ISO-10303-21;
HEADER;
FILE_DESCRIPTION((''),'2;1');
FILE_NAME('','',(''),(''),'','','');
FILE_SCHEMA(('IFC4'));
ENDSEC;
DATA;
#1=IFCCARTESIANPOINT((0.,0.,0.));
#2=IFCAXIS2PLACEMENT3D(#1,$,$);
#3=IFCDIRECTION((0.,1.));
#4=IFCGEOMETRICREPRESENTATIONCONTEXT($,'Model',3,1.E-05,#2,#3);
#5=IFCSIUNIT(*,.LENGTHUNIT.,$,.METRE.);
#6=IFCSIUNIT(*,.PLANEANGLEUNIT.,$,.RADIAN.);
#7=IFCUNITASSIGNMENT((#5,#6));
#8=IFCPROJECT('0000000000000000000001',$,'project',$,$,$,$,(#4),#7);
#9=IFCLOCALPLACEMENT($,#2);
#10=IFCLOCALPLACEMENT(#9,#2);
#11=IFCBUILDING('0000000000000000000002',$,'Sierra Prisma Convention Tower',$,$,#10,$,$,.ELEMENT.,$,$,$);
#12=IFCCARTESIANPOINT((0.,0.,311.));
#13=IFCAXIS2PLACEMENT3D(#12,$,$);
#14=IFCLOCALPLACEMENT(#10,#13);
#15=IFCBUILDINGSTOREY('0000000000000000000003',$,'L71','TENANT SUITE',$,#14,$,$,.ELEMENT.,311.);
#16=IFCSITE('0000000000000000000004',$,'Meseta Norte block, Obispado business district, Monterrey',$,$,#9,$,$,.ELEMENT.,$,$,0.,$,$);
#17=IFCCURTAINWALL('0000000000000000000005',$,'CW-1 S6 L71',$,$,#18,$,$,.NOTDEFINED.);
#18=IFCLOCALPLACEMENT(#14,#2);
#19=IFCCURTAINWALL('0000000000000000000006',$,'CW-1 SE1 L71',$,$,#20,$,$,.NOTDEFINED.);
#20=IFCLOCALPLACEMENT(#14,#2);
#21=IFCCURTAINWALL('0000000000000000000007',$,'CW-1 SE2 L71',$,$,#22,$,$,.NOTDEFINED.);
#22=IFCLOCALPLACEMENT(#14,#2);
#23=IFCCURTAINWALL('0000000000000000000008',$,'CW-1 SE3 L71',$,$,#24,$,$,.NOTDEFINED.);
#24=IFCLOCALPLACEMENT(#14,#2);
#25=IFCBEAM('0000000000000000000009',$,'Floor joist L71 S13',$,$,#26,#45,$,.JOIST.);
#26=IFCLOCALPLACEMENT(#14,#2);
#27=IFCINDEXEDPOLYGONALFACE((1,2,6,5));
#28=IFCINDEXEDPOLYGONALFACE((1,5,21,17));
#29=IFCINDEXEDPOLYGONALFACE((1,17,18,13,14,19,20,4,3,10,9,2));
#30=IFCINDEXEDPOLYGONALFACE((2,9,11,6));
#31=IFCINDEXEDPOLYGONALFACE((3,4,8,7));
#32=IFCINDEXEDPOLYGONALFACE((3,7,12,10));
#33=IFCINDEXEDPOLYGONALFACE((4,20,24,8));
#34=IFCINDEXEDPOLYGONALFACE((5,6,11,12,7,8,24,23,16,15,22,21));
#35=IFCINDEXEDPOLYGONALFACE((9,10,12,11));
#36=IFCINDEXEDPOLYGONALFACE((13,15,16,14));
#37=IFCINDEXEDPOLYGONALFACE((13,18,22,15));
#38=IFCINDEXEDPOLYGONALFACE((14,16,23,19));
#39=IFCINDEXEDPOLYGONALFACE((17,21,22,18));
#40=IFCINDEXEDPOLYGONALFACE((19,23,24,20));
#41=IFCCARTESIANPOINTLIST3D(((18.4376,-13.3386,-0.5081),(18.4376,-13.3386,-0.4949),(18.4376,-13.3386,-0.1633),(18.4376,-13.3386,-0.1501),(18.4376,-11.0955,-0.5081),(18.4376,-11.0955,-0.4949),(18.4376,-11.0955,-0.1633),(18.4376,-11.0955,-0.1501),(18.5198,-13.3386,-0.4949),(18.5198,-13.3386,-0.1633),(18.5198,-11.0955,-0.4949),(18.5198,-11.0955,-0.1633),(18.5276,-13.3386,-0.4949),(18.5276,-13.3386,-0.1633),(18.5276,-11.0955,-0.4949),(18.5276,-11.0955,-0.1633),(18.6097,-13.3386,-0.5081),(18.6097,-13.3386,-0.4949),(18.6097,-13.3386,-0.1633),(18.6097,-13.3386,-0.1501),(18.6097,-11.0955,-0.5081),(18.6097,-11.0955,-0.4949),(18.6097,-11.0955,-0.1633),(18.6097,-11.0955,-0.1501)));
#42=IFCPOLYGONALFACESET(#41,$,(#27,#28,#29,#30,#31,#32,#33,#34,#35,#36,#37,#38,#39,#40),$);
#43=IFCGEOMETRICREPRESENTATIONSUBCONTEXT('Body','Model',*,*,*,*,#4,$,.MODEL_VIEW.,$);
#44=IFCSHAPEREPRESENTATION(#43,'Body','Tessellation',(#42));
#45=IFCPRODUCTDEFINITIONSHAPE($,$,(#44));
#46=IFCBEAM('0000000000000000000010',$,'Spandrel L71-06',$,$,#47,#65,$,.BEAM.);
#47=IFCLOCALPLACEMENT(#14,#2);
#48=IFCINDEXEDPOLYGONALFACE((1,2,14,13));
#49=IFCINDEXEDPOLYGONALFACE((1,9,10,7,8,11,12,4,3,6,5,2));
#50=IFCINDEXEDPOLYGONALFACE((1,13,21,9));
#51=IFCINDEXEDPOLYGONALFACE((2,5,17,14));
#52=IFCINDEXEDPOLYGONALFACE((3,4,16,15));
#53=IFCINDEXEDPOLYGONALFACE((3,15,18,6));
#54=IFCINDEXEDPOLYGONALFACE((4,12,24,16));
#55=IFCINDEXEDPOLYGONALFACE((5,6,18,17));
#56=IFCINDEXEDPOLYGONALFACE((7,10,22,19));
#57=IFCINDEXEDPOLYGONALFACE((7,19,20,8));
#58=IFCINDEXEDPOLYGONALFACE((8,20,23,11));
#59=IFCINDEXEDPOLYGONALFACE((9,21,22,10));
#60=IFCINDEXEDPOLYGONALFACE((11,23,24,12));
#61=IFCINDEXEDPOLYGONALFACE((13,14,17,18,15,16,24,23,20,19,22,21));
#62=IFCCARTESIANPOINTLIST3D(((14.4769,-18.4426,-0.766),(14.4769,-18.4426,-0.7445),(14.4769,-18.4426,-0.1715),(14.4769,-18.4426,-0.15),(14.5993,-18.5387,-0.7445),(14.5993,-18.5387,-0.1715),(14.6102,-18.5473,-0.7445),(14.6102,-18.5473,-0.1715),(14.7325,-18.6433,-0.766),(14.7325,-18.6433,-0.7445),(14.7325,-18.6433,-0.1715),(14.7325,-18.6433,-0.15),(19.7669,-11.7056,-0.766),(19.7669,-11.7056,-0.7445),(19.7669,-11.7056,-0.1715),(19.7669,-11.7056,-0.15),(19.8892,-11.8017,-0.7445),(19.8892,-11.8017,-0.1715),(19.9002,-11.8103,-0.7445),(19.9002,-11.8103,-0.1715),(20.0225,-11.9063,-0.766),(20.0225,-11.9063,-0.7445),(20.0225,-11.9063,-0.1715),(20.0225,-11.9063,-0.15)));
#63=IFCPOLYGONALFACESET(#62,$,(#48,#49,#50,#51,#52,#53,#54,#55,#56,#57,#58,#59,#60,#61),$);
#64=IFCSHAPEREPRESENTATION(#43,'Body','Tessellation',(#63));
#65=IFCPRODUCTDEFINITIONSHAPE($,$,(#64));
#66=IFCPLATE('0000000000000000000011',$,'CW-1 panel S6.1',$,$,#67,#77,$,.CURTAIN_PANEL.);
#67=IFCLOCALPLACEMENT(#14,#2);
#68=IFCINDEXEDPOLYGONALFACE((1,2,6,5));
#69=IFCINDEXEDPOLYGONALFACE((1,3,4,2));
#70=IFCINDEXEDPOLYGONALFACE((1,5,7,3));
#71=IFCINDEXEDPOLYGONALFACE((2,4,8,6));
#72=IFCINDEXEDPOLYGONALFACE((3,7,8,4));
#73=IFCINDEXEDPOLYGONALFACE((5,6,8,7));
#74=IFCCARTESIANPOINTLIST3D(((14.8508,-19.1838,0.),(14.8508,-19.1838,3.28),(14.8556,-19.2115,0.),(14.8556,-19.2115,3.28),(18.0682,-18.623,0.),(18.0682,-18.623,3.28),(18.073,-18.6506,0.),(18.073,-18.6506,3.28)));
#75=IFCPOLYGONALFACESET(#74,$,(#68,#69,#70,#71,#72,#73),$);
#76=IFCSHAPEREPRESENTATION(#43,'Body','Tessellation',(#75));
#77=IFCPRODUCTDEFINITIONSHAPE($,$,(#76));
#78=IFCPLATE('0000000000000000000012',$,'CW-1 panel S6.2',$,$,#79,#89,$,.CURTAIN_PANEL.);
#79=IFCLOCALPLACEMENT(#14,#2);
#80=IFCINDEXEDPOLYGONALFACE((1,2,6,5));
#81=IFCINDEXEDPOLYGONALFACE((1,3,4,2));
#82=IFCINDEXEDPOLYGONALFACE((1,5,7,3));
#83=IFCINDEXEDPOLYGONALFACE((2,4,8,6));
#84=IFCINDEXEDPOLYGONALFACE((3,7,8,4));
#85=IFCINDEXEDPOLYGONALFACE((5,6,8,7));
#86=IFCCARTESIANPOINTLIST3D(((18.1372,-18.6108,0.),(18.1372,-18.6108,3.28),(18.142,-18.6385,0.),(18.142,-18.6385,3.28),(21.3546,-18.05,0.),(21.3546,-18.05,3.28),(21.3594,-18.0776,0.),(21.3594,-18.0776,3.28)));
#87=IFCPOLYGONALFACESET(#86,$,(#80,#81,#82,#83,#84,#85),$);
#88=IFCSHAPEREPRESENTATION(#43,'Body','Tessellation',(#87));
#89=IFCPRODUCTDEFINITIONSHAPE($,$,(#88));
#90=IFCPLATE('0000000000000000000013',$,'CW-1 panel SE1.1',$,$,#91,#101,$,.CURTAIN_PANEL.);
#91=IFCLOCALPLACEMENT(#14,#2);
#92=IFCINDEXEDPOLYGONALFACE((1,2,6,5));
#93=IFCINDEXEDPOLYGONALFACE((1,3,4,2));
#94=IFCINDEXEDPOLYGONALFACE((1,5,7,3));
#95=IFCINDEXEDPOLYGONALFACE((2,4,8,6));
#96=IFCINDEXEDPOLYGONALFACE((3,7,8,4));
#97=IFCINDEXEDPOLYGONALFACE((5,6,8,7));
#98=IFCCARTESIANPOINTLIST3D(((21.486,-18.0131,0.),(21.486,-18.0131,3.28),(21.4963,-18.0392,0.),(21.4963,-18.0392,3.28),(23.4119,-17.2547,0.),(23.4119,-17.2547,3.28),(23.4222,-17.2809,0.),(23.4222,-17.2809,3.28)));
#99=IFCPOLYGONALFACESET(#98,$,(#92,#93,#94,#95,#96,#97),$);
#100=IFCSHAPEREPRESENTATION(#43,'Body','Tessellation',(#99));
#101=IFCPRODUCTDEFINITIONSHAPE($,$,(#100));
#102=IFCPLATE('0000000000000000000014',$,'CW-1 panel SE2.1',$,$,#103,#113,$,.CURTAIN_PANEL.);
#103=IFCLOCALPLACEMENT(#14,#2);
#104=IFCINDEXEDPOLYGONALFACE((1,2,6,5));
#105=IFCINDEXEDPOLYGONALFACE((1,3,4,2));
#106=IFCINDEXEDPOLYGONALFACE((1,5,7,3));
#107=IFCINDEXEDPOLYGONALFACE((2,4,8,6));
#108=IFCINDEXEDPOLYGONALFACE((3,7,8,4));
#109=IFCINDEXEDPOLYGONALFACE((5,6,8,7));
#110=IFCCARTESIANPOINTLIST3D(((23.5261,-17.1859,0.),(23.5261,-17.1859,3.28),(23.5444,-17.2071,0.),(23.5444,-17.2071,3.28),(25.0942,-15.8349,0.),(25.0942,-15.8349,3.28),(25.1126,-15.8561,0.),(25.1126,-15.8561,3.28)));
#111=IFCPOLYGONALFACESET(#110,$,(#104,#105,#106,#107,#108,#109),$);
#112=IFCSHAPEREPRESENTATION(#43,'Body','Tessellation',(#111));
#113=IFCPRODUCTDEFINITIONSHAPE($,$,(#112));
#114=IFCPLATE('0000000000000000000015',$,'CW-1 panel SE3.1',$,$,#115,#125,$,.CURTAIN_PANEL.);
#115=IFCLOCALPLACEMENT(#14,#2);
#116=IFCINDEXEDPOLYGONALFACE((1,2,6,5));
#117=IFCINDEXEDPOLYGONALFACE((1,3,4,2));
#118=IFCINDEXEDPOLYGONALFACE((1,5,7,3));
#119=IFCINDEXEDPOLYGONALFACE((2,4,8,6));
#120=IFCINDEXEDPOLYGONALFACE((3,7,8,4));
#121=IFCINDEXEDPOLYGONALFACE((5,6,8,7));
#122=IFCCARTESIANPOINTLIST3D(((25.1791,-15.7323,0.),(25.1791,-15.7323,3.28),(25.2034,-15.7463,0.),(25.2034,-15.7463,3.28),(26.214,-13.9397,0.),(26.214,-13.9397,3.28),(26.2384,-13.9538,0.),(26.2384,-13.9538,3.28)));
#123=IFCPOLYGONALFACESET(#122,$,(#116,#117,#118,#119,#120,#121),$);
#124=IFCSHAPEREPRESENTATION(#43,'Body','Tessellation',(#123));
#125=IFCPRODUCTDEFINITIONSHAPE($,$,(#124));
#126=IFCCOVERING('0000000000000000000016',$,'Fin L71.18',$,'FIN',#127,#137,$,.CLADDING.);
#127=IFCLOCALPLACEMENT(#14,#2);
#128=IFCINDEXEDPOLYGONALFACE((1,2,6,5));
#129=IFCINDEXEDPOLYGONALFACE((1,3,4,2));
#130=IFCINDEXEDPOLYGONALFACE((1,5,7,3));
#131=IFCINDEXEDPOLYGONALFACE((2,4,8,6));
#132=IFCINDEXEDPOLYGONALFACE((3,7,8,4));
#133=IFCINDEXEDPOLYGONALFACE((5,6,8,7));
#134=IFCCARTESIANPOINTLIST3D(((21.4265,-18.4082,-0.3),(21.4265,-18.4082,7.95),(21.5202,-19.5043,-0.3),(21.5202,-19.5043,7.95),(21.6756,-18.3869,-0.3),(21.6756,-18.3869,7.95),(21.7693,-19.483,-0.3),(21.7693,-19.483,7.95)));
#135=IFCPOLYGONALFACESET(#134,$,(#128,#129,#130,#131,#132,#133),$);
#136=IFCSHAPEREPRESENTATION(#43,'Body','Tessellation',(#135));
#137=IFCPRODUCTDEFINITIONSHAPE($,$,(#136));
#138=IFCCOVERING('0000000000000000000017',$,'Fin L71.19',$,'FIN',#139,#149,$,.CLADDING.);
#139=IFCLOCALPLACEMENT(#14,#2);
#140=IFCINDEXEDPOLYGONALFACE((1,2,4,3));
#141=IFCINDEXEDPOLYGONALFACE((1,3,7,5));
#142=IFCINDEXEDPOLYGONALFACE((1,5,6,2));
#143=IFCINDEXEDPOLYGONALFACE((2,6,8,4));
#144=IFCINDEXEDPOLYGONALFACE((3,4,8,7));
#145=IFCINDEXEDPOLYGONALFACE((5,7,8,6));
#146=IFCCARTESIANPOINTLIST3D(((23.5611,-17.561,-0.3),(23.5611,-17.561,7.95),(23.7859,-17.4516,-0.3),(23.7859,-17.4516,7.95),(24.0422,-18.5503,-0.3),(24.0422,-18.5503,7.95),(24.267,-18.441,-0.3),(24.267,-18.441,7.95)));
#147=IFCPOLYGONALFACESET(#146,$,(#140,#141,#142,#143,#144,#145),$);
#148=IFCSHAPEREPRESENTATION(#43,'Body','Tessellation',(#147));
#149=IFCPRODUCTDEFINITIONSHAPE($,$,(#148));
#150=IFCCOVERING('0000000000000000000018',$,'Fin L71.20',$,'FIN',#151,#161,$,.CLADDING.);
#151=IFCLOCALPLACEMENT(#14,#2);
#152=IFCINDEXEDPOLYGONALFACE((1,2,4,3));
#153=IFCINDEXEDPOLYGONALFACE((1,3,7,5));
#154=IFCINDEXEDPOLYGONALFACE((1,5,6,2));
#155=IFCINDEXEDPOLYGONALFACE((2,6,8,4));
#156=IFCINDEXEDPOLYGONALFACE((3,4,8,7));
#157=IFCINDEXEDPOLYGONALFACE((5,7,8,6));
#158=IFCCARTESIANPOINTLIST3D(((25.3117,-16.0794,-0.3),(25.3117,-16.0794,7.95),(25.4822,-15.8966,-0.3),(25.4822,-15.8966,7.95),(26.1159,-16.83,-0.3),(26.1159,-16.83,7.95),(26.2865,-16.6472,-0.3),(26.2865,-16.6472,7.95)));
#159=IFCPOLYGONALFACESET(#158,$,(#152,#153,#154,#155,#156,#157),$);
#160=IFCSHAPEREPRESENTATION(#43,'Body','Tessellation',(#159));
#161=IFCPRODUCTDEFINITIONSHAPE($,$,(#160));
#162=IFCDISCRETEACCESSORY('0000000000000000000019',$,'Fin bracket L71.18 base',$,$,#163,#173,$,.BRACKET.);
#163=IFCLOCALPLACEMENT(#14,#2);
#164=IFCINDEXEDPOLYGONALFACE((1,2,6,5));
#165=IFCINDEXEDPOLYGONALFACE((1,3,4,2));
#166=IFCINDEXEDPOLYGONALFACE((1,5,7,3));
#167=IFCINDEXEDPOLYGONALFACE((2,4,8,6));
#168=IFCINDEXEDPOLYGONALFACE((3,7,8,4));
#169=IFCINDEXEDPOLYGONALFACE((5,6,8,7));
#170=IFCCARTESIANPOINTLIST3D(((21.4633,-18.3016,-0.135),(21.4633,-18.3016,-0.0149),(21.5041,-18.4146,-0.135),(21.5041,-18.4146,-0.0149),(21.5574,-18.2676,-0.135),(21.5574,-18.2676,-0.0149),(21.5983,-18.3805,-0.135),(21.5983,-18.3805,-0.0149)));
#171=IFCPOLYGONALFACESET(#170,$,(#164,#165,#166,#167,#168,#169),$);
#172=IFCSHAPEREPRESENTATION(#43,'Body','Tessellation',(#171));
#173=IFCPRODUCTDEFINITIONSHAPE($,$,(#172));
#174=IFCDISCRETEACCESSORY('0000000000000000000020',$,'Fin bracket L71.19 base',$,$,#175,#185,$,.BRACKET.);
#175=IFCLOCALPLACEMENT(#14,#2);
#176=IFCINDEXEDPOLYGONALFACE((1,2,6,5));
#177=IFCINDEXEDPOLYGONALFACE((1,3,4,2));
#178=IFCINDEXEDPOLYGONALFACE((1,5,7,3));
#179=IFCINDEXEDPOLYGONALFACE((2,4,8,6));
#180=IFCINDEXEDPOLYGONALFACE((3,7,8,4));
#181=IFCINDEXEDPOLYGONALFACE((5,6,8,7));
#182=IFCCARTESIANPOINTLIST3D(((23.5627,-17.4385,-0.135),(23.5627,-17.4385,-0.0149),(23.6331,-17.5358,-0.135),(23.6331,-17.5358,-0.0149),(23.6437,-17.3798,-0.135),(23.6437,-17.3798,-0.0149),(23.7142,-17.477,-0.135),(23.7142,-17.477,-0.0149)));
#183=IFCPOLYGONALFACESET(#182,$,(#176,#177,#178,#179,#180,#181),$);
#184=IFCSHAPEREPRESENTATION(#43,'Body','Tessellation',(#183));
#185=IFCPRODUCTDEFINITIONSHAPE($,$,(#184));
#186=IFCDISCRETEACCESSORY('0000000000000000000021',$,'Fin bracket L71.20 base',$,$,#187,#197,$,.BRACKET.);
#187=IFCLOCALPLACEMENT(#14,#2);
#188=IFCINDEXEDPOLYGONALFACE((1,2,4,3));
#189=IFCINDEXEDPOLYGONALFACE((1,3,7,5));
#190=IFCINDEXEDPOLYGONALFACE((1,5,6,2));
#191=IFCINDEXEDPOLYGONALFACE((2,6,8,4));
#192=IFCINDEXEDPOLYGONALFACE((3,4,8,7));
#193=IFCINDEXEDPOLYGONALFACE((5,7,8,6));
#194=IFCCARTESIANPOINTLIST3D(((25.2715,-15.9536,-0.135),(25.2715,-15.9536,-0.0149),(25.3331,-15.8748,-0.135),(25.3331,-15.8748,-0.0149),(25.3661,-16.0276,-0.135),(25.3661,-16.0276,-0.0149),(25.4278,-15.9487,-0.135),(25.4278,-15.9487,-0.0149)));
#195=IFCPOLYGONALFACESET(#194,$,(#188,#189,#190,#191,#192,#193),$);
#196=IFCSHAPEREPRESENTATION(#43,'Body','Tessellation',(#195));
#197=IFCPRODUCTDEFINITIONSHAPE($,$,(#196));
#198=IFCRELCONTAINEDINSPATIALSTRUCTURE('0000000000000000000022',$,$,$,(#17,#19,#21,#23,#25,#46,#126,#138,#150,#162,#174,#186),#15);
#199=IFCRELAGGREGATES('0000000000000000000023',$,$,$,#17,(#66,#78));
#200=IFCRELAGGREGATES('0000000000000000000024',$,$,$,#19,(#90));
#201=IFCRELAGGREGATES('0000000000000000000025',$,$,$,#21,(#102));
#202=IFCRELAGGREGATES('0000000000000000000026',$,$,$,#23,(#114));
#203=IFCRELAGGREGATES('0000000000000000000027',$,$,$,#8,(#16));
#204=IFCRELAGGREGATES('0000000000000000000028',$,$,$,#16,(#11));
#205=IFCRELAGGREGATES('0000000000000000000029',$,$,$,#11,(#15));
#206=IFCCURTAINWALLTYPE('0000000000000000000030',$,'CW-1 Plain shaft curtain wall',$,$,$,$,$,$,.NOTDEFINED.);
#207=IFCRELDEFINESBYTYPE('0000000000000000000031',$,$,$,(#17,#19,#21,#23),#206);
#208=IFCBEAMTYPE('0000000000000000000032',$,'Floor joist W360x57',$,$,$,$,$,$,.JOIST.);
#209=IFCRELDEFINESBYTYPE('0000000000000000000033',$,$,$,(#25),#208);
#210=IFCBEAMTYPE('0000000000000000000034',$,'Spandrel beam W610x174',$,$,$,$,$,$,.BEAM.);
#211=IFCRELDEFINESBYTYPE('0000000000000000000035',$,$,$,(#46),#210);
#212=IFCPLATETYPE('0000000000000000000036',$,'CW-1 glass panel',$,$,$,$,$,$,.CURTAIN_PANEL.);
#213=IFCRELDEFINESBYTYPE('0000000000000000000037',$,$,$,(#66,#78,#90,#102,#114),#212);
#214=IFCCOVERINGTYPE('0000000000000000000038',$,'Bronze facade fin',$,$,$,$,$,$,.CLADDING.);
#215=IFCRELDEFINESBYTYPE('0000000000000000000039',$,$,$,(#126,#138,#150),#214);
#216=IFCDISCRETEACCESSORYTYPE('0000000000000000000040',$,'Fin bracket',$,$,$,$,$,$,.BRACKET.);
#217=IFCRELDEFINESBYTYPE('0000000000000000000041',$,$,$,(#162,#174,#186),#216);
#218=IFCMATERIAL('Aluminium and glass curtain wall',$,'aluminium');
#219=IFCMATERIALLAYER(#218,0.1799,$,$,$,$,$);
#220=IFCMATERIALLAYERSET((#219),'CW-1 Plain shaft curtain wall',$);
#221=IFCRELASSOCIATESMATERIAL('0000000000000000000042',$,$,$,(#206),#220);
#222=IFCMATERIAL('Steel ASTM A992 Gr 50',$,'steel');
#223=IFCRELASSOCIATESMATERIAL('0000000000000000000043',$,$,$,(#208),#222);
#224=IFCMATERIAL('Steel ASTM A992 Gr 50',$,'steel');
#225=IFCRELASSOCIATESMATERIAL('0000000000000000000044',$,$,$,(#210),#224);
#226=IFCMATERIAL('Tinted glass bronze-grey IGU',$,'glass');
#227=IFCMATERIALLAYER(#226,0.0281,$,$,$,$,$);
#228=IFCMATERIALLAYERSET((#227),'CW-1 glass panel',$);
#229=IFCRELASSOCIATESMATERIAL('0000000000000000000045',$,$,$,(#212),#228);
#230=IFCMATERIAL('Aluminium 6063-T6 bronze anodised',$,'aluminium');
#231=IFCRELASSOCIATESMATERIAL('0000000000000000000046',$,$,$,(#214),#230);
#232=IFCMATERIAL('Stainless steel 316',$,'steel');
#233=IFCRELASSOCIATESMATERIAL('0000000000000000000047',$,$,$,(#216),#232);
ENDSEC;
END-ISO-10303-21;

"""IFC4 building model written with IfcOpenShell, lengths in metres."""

from ifc_helpers import new_model, si_unit, direction, frame, origin, origin_2d, place, context, subcontext, project, spatial, rectangle, i_section, extrude, material, layer, layer_set, material_profile, profile_set, type_object, element, aggregate, save


model = new_model("IFC4")

# Units and contexts
model_context = context("Model", 3, precision=1e-05, world=origin(), true_north=direction((0.0, 1.0)))
body_context = subcontext(model_context, "Body", "Model", "MODEL_VIEW")
ifc_project = project(units=[si_unit("LENGTHUNIT", "METRE"), si_unit("PLANEANGLEUNIT", "RADIAN")], contexts=[model_context])

# Site, building, storey
site_placement = place(None, origin())
site = spatial("IfcSite", under=ifc_project, at=site_placement, Name="Meseta Norte block, Obispado business district, Monterrey", CompositionType="ELEMENT", RefElevation=0.0)
building_placement = place(site_placement, origin())
building = spatial("IfcBuilding", under=site, at=building_placement, Name="Sierra Prisma Convention Tower", CompositionType="ELEMENT")
storey_placement = place(building_placement, frame((0.0, 0.0, 311.0)))
storey = spatial("IfcBuildingStorey", under=building, at=storey_placement, Name="L71", Description="TENANT SUITE", CompositionType="ELEMENT", Elevation=311.0)

# Curtain walls
ifc_material_1 = material(Name="Aluminium and glass curtain wall", Category="aluminium")
ifc_layer_1 = layer(ifc_material_1, 0.1799)
ifc_layer_set_1 = layer_set([ifc_layer_1], Name="CW-1 Plain shaft curtain wall")
curtain_wall_type = type_object("IfcCurtainWallType", Name="CW-1 Plain shaft curtain wall", PredefinedType="NOTDEFINED", material=ifc_layer_set_1)
curtain_wall_1_placement = place(storey_placement, origin())
curtain_wall_1 = element("IfcCurtainWall", 1, at=curtain_wall_1_placement, inside=storey, type_object=curtain_wall_type, Name="CW-1 S6 L71", PredefinedType="NOTDEFINED")
curtain_wall_2_placement = place(storey_placement, origin())
curtain_wall_2 = element("IfcCurtainWall", 2, at=curtain_wall_2_placement, inside=storey, type_object=curtain_wall_type, Name="CW-1 SE1 L71", PredefinedType="NOTDEFINED")
curtain_wall_3_placement = place(storey_placement, origin())
curtain_wall_3 = element("IfcCurtainWall", 3, at=curtain_wall_3_placement, inside=storey, type_object=curtain_wall_type, Name="CW-1 SE2 L71", PredefinedType="NOTDEFINED")
curtain_wall_4_placement = place(storey_placement, origin())
curtain_wall_4 = element("IfcCurtainWall", 4, at=curtain_wall_4_placement, inside=storey, type_object=curtain_wall_type, Name="CW-1 SE3 L71", PredefinedType="NOTDEFINED")

# Beams
ifc_material_2 = material(Name="Steel ASTM A992 Gr 50", Category="steel")
ifc_material_profile_1 = material_profile(ifc_material_2, i_section(OverallWidth=0.1721, OverallDepth=0.3579, WebThickness=0.0078, FlangeThickness=0.0132, at=origin_2d()), Name="W360x57")
ifc_profile_set_1 = profile_set([ifc_material_profile_1], Name="Steel ASTM A992 Gr 50")
beam_type_1 = type_object("IfcBeamType", Name="Floor joist W360x57", PredefinedType="JOIST", material=ifc_profile_set_1)
beam_1_placement = place(storey_placement, frame((18.5237, -13.3386, -0.3291), z_axis=(0.0, 1.0, 0.0), x_axis=(-1.0, 0.0, 0.0)))
element("IfcBeam", 5, at=beam_1_placement, inside=storey, type_object=beam_type_1, Name="Floor joist L71 S13", PredefinedType="JOIST", context=body_context, shape_type="SweptSolid", body=[
    extrude(i_section(OverallWidth=0.1721, OverallDepth=0.3579, WebThickness=0.0078, FlangeThickness=0.0132, at=origin_2d()), origin(), (0.0, 0.0, 1.0), 2.2432),
])
ifc_material_3 = material(Name="Steel ASTM A992 Gr 50", Category="steel")
ifc_material_profile_2 = material_profile(ifc_material_3, i_section(OverallWidth=0.325, OverallDepth=0.616, WebThickness=0.0139, FlangeThickness=0.0215, at=origin_2d()), Name="W610x174")
ifc_profile_set_2 = profile_set([ifc_material_profile_2], Name="Steel ASTM A992 Gr 50")
beam_type_2 = type_object("IfcBeamType", Name="Spandrel beam W610x174", PredefinedType="BEAM", material=ifc_profile_set_2)
beam_2_placement = place(storey_placement, frame((14.6047, -18.543, -0.458), z_axis=(0.617579, 0.786509, 0.0), x_axis=(-0.786509, 0.617579, 0.0)))
element("IfcBeam", 6, at=beam_2_placement, inside=storey, type_object=beam_type_2, Name="Spandrel L71-06", PredefinedType="BEAM", context=body_context, shape_type="SweptSolid", body=[
    extrude(i_section(OverallWidth=0.325, OverallDepth=0.616, WebThickness=0.0139, FlangeThickness=0.0215, at=origin_2d()), origin(), (0.0, 0.0, 1.0), 8.5657),
])

# Plates
ifc_material_4 = material(Name="Tinted glass bronze-grey IGU", Category="glass")
ifc_layer_2 = layer(ifc_material_4, 0.0281)
ifc_layer_set_2 = layer_set([ifc_layer_2], Name="CW-1 glass panel")
plate_type = type_object("IfcPlateType", Name="CW-1 glass panel", PredefinedType="CURTAIN_PANEL", material=ifc_layer_set_2)
plate_1_placement = place(storey_placement, frame((16.4619, -18.9172, 0.0), z_axis=(0.0, 0.0, 1.0), x_axis=(0.985144, 0.171733, 0.0)))
plate_1 = element("IfcPlate", 7, at=plate_1_placement, type_object=plate_type, Name="CW-1 panel S6.1", PredefinedType="CURTAIN_PANEL", context=body_context, shape_type="SweptSolid", body=[
    extrude(rectangle(XDim=3.2659, YDim=0.0281, at=origin_2d()), origin(), (0.0, 0.0, 1.0), 3.28),
])
plate_2_placement = place(storey_placement, frame((19.7483, -18.3442, 0.0), z_axis=(0.0, 0.0, 1.0), x_axis=(0.985144, 0.171733, 0.0)))
plate_2 = element("IfcPlate", 8, at=plate_2_placement, type_object=plate_type, Name="CW-1 panel S6.2", PredefinedType="CURTAIN_PANEL", context=body_context, shape_type="SweptSolid", body=[
    extrude(rectangle(XDim=3.2659, YDim=0.0281, at=origin_2d()), origin(), (0.0, 0.0, 1.0), 3.28),
])
aggregate(curtain_wall_1, [plate_1, plate_2])
plate_3_placement = place(storey_placement, frame((22.4541, -17.647, 0.0), z_axis=(0.0, 0.0, 1.0), x_axis=(0.930462, 0.366388, 0.0)))
plate_3 = element("IfcPlate", 9, at=plate_3_placement, type_object=plate_type, Name="CW-1 panel SE1.1", PredefinedType="CURTAIN_PANEL", context=body_context, shape_type="SweptSolid", body=[
    extrude(rectangle(XDim=2.0698, YDim=0.0281, at=origin_2d()), origin(), (0.0, 0.0, 1.0), 3.28),
])
aggregate(curtain_wall_2, [plate_3])
plate_4_placement = place(storey_placement, frame((24.3193, -16.521, 0.0), z_axis=(0.0, 0.0, 1.0), x_axis=(0.757605, 0.652714, 0.0)))
plate_4 = element("IfcPlate", 10, at=plate_4_placement, type_object=plate_type, Name="CW-1 panel SE2.1", PredefinedType="CURTAIN_PANEL", context=body_context, shape_type="SweptSolid", body=[
    extrude(rectangle(XDim=2.0698, YDim=0.0281, at=origin_2d()), origin(), (0.0, 0.0, 1.0), 3.28),
])
aggregate(curtain_wall_3, [plate_4])
plate_5_placement = place(storey_placement, frame((25.7087, -14.843, 0.0), z_axis=(0.0, 0.0, 1.0), x_axis=(0.5, 0.866025, 0.0)))
plate_5 = element("IfcPlate", 11, at=plate_5_placement, type_object=plate_type, Name="CW-1 panel SE3.1", PredefinedType="CURTAIN_PANEL", context=body_context, shape_type="SweptSolid", body=[
    extrude(rectangle(XDim=2.0698, YDim=0.0281, at=origin_2d()), origin(), (0.0, 0.0, 1.0), 3.28),
])
aggregate(curtain_wall_4, [plate_5])

# Coverings
ifc_material_5 = material(Name="Aluminium 6063-T6 bronze anodised", Category="aluminium")
ifc_material_profile_3 = material_profile(ifc_material_5, rectangle(XDim=1.1001, YDim=0.25, at=origin_2d()), Name="ALU FIN 1100x250")
ifc_profile_set_3 = profile_set([ifc_material_profile_3], Name="Aluminium 6063-T6 bronze anodised")
covering_type = type_object("IfcCoveringType", Name="Bronze facade fin", PredefinedType="CLADDING", material=ifc_profile_set_3)
for number, where, z_axis, x_axis, name in (
    (12, (21.5979, -18.9456, -0.3), (0.0, 0.0, 1.0), (0.085219, -0.996362, 0.0), "Fin L71.18"),
    (13, (23.9141, -18.001, -0.3), (0.0, 0.0, 1.0), (0.437322, -0.899305, 0.0), "Fin L71.19"),
    (14, (25.7991, -16.3633, -0.3), (0.0, 0.0, 1.0), (0.731088, -0.682283, 0.0), "Fin L71.20"),
):
    element("IfcCovering", number, at=place(storey_placement, frame(where, z_axis=z_axis, x_axis=x_axis)), inside=storey, type_object=covering_type, Name=name, ObjectType="FIN", PredefinedType="CLADDING", context=body_context, shape_type="SweptSolid", body=[
        extrude(rectangle(XDim=1.1001, YDim=0.25, at=origin_2d()), origin(), (0.0, 0.0, 1.0), 8.25),
    ])

# Discrete accessories
ifc_material_6 = material(Name="Stainless steel 316", Category="steel")
discrete_accessory_type = type_object("IfcDiscreteAccessoryType", Name="Fin bracket", PredefinedType="BRACKET", material=ifc_material_6)
for number, where, z_axis, x_axis, name in (
    (15, (21.5308, -18.3411, -0.135), (0.0, 0.0, 1.0), (0.340192, -0.940356, 0.0), "Fin bracket L71.18 base"),
    (16, (23.6384, -17.4578, -0.135), (0.0, 0.0, 1.0), (0.586841, -0.809702, 0.0), "Fin bracket L71.19 base"),
    (17, (25.3496, -15.9512, -0.135), (0.0, 0.0, 1.0), (0.787771, -0.615968, 0.0), "Fin bracket L71.20 base"),
):
    element("IfcDiscreteAccessory", number, at=place(storey_placement, frame(where, z_axis=z_axis, x_axis=x_axis)), inside=storey, type_object=discrete_accessory_type, Name=name, PredefinedType="BRACKET", context=body_context, shape_type="SweptSolid", body=[
        extrude(rectangle(XDim=0.1201, YDim=0.1001, at=origin_2d()), origin(), (0.0, 0.0, 1.0), 0.1201),
    ])

save(model, "model.ifc")
